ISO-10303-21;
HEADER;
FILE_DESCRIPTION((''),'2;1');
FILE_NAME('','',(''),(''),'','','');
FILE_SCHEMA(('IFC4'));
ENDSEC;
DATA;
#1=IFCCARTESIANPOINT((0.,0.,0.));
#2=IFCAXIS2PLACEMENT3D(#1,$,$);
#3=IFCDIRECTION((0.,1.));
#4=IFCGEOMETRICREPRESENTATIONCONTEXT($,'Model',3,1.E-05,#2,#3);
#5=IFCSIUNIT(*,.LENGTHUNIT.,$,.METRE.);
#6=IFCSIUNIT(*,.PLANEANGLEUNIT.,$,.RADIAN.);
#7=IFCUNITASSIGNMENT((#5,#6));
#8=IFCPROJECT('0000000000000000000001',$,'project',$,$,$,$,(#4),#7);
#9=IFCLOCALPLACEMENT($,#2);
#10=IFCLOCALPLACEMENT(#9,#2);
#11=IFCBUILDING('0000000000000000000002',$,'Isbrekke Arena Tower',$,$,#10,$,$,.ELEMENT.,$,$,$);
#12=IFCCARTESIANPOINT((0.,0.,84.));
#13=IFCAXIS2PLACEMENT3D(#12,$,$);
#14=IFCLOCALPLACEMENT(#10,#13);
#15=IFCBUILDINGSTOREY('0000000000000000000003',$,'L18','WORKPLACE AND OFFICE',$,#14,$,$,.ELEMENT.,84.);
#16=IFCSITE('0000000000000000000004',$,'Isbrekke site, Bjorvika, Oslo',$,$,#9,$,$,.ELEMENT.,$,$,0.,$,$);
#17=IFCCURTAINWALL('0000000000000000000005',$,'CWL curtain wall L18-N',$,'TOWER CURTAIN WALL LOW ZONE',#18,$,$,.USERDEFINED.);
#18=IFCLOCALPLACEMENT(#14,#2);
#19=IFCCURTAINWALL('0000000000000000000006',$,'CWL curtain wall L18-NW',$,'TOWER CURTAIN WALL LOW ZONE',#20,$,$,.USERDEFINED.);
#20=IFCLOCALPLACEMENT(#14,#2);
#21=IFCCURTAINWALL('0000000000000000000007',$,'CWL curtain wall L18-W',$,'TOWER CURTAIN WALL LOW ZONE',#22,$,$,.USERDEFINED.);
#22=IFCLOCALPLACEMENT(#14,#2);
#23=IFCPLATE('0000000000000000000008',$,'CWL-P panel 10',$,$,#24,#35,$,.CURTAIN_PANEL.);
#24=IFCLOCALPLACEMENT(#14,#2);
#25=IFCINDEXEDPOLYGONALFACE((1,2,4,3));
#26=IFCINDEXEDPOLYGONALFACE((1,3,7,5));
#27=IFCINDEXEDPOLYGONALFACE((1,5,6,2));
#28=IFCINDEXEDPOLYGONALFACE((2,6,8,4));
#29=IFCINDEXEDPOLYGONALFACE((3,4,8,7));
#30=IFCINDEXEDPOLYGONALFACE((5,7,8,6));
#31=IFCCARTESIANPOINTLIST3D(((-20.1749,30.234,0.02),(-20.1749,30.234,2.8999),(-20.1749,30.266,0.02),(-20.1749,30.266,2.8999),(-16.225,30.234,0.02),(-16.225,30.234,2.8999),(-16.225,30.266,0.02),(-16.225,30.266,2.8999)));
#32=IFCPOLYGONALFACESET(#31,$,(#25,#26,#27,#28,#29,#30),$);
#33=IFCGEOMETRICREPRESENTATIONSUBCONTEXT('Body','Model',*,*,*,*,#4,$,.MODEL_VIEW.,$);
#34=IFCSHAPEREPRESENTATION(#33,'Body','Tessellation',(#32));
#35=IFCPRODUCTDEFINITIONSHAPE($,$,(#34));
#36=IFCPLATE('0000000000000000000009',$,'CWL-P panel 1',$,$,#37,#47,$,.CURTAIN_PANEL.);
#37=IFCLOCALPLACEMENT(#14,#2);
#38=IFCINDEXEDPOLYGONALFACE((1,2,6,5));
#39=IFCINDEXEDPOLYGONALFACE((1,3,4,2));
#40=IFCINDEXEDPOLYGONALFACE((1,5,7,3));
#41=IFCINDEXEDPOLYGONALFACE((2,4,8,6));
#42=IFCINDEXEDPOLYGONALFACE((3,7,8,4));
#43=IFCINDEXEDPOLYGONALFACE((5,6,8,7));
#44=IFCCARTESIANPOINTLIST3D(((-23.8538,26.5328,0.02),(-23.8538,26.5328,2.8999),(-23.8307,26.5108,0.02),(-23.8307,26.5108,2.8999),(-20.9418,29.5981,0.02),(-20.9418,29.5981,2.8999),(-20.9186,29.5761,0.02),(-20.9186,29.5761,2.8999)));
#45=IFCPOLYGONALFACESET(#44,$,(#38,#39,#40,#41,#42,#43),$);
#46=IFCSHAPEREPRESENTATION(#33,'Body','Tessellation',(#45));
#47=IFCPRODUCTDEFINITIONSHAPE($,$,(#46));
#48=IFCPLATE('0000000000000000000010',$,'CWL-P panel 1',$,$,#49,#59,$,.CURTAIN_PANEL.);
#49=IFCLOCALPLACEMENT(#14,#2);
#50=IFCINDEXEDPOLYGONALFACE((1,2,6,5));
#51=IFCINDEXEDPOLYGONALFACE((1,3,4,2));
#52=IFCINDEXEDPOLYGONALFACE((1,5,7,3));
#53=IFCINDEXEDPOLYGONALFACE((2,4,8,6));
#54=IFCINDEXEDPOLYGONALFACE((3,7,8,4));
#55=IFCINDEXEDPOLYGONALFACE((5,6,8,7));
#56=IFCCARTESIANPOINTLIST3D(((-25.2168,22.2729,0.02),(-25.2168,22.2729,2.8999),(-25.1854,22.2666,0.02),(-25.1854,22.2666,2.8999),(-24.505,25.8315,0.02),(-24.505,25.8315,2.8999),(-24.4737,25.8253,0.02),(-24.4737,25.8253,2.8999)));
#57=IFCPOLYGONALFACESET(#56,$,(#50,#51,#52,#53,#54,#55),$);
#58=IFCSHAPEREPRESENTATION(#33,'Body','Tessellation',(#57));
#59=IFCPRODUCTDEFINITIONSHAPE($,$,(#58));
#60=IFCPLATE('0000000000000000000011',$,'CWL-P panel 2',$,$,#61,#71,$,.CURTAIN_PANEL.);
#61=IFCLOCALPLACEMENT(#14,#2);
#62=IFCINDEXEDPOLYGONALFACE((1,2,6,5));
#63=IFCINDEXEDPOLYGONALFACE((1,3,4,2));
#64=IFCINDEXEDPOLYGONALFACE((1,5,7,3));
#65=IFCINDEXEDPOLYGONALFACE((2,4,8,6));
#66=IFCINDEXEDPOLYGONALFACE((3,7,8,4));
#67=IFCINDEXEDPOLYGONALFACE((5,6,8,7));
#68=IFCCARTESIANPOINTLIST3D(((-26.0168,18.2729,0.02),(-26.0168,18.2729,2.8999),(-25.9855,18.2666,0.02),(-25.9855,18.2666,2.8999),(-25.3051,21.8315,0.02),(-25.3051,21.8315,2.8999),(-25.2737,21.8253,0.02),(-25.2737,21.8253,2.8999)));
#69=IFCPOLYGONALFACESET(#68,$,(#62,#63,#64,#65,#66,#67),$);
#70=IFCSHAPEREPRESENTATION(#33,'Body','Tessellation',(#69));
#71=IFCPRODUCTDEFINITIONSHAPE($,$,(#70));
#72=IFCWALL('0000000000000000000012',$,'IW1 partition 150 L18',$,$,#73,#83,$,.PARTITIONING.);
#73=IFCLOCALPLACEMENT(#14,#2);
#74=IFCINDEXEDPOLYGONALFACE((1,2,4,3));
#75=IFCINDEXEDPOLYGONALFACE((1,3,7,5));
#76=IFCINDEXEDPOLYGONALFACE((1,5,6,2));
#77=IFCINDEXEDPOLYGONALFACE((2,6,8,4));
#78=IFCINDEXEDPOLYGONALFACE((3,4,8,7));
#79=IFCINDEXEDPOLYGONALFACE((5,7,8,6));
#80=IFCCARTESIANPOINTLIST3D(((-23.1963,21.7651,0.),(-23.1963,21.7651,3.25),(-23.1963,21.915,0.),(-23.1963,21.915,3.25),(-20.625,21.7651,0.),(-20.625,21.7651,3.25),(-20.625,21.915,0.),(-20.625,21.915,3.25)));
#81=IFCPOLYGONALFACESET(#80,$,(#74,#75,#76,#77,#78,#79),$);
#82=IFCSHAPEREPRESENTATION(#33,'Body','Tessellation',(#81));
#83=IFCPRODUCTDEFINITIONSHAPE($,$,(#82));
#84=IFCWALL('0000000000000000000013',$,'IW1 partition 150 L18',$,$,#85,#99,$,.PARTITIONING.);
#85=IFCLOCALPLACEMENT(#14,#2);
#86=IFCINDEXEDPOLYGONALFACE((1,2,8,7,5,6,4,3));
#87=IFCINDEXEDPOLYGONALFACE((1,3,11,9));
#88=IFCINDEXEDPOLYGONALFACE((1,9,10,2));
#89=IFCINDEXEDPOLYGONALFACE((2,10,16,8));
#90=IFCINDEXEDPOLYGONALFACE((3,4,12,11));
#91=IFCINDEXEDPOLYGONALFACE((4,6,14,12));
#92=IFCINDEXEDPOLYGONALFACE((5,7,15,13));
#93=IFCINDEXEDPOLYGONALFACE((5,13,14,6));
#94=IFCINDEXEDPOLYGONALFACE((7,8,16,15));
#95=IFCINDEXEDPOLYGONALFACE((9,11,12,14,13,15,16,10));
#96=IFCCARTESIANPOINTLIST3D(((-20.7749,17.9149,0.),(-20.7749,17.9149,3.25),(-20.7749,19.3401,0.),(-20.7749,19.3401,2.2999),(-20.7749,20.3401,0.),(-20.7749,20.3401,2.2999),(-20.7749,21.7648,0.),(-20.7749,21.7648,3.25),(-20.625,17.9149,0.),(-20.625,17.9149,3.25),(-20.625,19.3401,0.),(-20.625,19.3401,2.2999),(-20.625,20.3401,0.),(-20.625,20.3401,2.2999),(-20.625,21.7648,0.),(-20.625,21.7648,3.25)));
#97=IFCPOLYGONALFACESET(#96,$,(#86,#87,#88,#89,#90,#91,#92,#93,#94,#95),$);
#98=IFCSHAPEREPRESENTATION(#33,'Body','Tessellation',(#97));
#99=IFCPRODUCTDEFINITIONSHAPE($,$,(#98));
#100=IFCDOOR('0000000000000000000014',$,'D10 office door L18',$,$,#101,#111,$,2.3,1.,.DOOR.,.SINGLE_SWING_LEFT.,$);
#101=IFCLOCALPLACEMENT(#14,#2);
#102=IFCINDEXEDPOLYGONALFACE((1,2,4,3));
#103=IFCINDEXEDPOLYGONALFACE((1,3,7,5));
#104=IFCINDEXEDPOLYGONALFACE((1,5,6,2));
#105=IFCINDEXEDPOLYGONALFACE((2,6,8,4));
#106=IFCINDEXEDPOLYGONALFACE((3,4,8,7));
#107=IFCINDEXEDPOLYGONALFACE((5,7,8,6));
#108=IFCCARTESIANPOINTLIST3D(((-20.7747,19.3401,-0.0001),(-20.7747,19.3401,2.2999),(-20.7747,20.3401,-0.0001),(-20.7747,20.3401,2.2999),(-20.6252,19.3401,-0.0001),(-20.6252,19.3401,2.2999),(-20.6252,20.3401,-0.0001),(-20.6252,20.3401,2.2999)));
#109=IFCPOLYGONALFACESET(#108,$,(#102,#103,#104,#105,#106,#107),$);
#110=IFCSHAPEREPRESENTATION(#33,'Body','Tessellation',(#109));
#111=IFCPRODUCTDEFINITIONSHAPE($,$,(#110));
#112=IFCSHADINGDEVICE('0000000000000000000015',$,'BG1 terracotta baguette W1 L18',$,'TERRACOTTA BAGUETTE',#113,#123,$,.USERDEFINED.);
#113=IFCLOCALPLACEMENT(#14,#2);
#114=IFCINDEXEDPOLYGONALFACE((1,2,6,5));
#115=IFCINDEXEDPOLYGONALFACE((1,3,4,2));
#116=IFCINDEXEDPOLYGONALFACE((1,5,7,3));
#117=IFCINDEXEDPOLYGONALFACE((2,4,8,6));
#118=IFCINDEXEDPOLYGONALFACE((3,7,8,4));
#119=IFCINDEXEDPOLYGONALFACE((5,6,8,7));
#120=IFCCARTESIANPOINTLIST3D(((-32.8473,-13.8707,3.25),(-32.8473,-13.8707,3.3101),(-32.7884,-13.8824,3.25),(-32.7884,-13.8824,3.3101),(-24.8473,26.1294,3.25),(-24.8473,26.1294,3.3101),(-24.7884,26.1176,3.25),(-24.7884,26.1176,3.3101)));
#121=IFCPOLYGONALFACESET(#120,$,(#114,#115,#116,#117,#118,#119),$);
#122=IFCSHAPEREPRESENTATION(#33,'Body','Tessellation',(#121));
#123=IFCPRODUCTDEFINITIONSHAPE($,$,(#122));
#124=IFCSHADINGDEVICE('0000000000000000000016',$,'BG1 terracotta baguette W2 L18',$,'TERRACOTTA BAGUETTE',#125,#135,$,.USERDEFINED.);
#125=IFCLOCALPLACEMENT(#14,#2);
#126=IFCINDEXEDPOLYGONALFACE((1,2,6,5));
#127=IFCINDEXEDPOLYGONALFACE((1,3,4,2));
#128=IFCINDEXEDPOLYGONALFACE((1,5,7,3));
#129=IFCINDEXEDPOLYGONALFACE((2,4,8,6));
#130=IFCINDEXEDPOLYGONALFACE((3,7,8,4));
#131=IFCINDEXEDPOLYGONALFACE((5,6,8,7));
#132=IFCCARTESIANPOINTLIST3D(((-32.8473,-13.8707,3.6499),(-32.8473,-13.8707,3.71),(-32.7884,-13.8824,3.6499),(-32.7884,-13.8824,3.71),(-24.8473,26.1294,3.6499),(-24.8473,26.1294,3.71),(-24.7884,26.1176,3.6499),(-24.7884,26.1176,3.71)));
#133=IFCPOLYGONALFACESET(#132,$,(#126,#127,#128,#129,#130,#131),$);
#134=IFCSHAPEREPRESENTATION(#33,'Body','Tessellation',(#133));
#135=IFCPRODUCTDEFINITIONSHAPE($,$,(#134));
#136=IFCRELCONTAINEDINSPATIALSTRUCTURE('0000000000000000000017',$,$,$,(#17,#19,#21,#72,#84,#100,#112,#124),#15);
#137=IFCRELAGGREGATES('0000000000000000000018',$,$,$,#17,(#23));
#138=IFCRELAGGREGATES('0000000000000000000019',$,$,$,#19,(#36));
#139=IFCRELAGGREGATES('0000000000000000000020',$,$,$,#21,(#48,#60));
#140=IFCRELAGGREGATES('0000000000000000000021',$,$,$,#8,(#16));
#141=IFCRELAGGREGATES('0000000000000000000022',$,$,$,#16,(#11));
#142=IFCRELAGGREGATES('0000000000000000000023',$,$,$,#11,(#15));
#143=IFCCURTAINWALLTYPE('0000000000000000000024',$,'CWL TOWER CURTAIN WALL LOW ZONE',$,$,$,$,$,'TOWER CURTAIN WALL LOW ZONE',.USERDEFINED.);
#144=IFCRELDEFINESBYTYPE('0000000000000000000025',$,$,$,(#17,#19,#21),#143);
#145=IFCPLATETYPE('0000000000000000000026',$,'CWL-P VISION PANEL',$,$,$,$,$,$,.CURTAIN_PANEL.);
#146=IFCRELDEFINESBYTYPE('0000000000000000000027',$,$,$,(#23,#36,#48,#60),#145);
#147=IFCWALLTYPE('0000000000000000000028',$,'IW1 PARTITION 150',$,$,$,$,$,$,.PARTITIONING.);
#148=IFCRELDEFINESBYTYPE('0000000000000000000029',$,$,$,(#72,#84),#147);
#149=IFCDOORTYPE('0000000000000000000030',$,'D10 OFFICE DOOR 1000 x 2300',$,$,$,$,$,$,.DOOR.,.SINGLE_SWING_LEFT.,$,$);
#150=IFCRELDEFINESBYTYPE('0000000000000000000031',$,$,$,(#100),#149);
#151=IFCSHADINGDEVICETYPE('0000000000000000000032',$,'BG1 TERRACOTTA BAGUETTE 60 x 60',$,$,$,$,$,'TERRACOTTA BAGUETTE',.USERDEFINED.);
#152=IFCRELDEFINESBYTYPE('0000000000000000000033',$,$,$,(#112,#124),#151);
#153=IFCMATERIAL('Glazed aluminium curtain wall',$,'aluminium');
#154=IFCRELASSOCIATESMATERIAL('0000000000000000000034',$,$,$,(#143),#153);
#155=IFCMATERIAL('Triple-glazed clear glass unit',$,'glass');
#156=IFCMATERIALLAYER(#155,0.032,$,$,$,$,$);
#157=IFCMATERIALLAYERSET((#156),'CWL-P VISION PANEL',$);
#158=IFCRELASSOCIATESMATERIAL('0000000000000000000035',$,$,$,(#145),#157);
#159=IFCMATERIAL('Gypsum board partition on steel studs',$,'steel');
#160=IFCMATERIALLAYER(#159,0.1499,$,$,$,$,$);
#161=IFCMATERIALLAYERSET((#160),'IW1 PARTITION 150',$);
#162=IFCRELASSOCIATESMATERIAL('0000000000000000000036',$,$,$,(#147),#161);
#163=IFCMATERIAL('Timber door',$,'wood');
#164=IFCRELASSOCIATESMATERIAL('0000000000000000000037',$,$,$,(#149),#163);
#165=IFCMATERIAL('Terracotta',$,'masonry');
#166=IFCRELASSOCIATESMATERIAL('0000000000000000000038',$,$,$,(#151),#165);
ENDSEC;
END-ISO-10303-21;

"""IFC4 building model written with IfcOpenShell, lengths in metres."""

from ifc_helpers import new_model, si_unit, direction, frame, frame_2d, origin, origin_2d, place, context, subcontext, project, spatial, rectangle, extrude, material, layer, layer_set, material_profile, profile_set, type_object, element, fill, aggregate, save


model = new_model("IFC4")

# Units and contexts
model_context = context("Model", 3, precision=1e-05, world=origin(), true_north=direction((0.0, 1.0)))
body_context = subcontext(model_context, "Body", "Model", "MODEL_VIEW")
ifc_project = project(units=[si_unit("LENGTHUNIT", "METRE"), si_unit("PLANEANGLEUNIT", "RADIAN")], contexts=[model_context])

# Site, building, storey
site_placement = place(None, origin())
site = spatial("IfcSite", under=ifc_project, at=site_placement, Name="Isbrekke site, Bjorvika, Oslo", CompositionType="ELEMENT", RefElevation=0.0)
building_placement = place(site_placement, origin())
building = spatial("IfcBuilding", under=site, at=building_placement, Name="Isbrekke Arena Tower", CompositionType="ELEMENT")
storey_placement = place(building_placement, frame((0.0, 0.0, 84.0)))
storey = spatial("IfcBuildingStorey", under=building, at=storey_placement, Name="L18", Description="WORKPLACE AND OFFICE", CompositionType="ELEMENT", Elevation=84.0)

# Curtain wall
ifc_material_1 = material(Name="Glazed aluminium curtain wall", Category="aluminium")
curtain_wall_type = type_object("IfcCurtainWallType", Name="CWL TOWER CURTAIN WALL LOW ZONE", ElementType="TOWER CURTAIN WALL LOW ZONE", PredefinedType="USERDEFINED", material=ifc_material_1)
curtain_wall_1_placement = place(storey_placement, origin())
curtain_wall_1 = element("IfcCurtainWall", 1, at=curtain_wall_1_placement, inside=storey, type_object=curtain_wall_type, Name="CWL curtain wall L18-N", ObjectType="TOWER CURTAIN WALL LOW ZONE", PredefinedType="USERDEFINED")

# Curtain walls
curtain_wall_2_placement = place(storey_placement, origin())
curtain_wall_2 = element("IfcCurtainWall", 2, at=curtain_wall_2_placement, inside=storey, type_object=curtain_wall_type, Name="CWL curtain wall L18-NW", ObjectType="TOWER CURTAIN WALL LOW ZONE", PredefinedType="USERDEFINED")
curtain_wall_3_placement = place(storey_placement, origin())
curtain_wall_3 = element("IfcCurtainWall", 3, at=curtain_wall_3_placement, inside=storey, type_object=curtain_wall_type, Name="CWL curtain wall L18-W", ObjectType="TOWER CURTAIN WALL LOW ZONE", PredefinedType="USERDEFINED")

# Plates
ifc_material_2 = material(Name="Triple-glazed clear glass unit", Category="glass")
ifc_layer_1 = layer(ifc_material_2, 0.032)
ifc_layer_set_1 = layer_set([ifc_layer_1], Name="CWL-P VISION PANEL")
plate_type = type_object("IfcPlateType", Name="CWL-P VISION PANEL", PredefinedType="CURTAIN_PANEL", material=ifc_layer_set_1)
plate_1_placement = place(storey_placement, frame((-18.2, 30.25, 0.02), z_axis=(0.0, 0.0, 1.0), x_axis=(-1.0, 0.0, 0.0)))
plate_1 = element("IfcPlate", 4, at=plate_1_placement, type_object=plate_type, Name="CWL-P panel 10", PredefinedType="CURTAIN_PANEL", context=body_context, shape_type="SweptSolid", body=[
    extrude(rectangle(XDim=3.95, YDim=0.032, at=origin_2d()), origin(), (0.0, 0.0, 1.0), 2.8799),
])
aggregate(curtain_wall_1, [plate_1])
plate_2_placement = place(storey_placement, frame((-22.3862, 28.0544, 0.02), z_axis=(0.0, 0.0, 1.0), x_axis=(-0.688749, -0.724999, 0.0)))
plate_2 = element("IfcPlate", 5, at=plate_2_placement, type_object=plate_type, Name="CWL-P panel 1", PredefinedType="CURTAIN_PANEL", context=body_context, shape_type="SweptSolid", body=[
    extrude(rectangle(XDim=4.228, YDim=0.032, at=origin_2d()), origin(), (0.0, 0.0, 1.0), 2.8799),
])
aggregate(curtain_wall_2, [plate_2])
plate_3_placement = place(storey_placement, frame((-24.8452, 24.0491, 0.02), z_axis=(0.0, 0.0, 1.0), x_axis=(-0.196116, -0.980581, 0.0)))
plate_3 = element("IfcPlate", 6, at=plate_3_placement, type_object=plate_type, Name="CWL-P panel 1", PredefinedType="CURTAIN_PANEL", context=body_context, shape_type="SweptSolid", body=[
    extrude(rectangle(XDim=3.6292, YDim=0.032, at=origin_2d()), origin(), (0.0, 0.0, 1.0), 2.8799),
])
plate_4_placement = place(storey_placement, frame((-25.6453, 20.0491, 0.02), z_axis=(0.0, 0.0, 1.0), x_axis=(-0.196116, -0.980581, 0.0)))
plate_4 = element("IfcPlate", 7, at=plate_4_placement, type_object=plate_type, Name="CWL-P panel 2", PredefinedType="CURTAIN_PANEL", context=body_context, shape_type="SweptSolid", body=[
    extrude(rectangle(XDim=3.6292, YDim=0.032, at=origin_2d()), origin(), (0.0, 0.0, 1.0), 2.8799),
])
aggregate(curtain_wall_3, [plate_3, plate_4])

# Wall
ifc_material_3 = material(Name="Gypsum board partition on steel studs", Category="steel")
ifc_layer_2 = layer(ifc_material_3, 0.1499)
ifc_layer_set_2 = layer_set([ifc_layer_2], Name="IW1 PARTITION 150")
wall_type = type_object("IfcWallType", Name="IW1 PARTITION 150", PredefinedType="PARTITIONING", material=ifc_layer_set_2)
wall_1_placement = place(storey_placement, frame((-23.1963, 21.8401, 0.0), z_axis=(0.0, 0.0, 1.0), x_axis=(1.0, 0.0, 0.0)))
element("IfcWall", 8, at=wall_1_placement, inside=storey, type_object=wall_type, Name="IW1 partition 150 L18", PredefinedType="PARTITIONING", context=body_context, shape_type="SweptSolid", body=[
    extrude(rectangle(XDim=2.5713, YDim=0.1499, at=frame_2d((1.2856, 0.0))), origin(), (0.0, 0.0, 1.0), 3.25),
])

# Wall, opening, door
wall_2_placement = place(storey_placement, frame((-20.7, 17.915, 0.0), z_axis=(0.0, 0.0, 1.0), x_axis=(0.0, 1.0, 0.0)))
wall_2 = element("IfcWall", 9, at=wall_2_placement, inside=storey, type_object=wall_type, Name="IW1 partition 150 L18", PredefinedType="PARTITIONING", context=body_context, shape_type="SweptSolid", body=[
    extrude(rectangle(XDim=3.8499, YDim=0.1499, at=frame_2d((1.9248, 0.0))), origin(), (0.0, 0.0, 1.0), 3.25),
])
opening_placement = place(wall_2_placement, frame((1.425, 0.0, 0.0)))
opening = element("IfcOpeningElement", 10, at=opening_placement, cuts=wall_2, PredefinedType="OPENING", context=body_context, shape_type="SweptSolid", body=[
    extrude(rectangle(XDim=1.0, YDim=2.3, at=frame_2d((0.5, 1.1499))), frame((0.0, 0.0898, 0.0), z_axis=(0.0, -1.0, 0.0), x_axis=(1.0, 0.0, 0.0)), (0.0, 0.0, 1.0), 0.1797),
])
ifc_material_4 = material(Name="Timber door", Category="wood")
door_type = type_object("IfcDoorType", Name="D10 OFFICE DOOR 1000 x 2300", OperationType="SINGLE_SWING_LEFT", PredefinedType="DOOR", material=ifc_material_4)
door_placement = place(opening_placement, origin())
door = element("IfcDoor", 11, at=door_placement, inside=storey, type_object=door_type, Name="D10 office door L18", OperationType="SINGLE_SWING_LEFT", OverallHeight=2.3, OverallWidth=1.0, PredefinedType="DOOR", context=body_context, shape_type="SweptSolid", body=[
    extrude(rectangle(XDim=1.0, YDim=2.3, at=frame_2d((0.5, 1.1499))), frame((0.0, 0.0747, 0.0), z_axis=(0.0, -1.0, 0.0), x_axis=(1.0, 0.0, 0.0)), (0.0, 0.0, 1.0), 0.1494),
])
fill(opening, door)

# Shading devices
ifc_material_5 = material(Name="Terracotta", Category="masonry")
ifc_material_profile_1 = material_profile(ifc_material_5, rectangle(XDim=0.0601, YDim=0.0601, at=origin_2d()), Name="BAGUETTE 60X60")
ifc_profile_set_1 = profile_set([ifc_material_profile_1], Name="Terracotta")
shading_device_type = type_object("IfcShadingDeviceType", Name="BG1 TERRACOTTA BAGUETTE 60 x 60", ElementType="TERRACOTTA BAGUETTE", PredefinedType="USERDEFINED", material=ifc_profile_set_1)
for number, where, z_axis, x_axis, name in (
    (12, (-24.8179, 26.1235, 3.28), (-0.196116, -0.980581, 0.0), (0.980581, -0.196116, 0.0), "BG1 terracotta baguette W1 L18"),
    (13, (-24.8179, 26.1235, 3.6799), (-0.196116, -0.980581, 0.0), (0.980581, -0.196116, 0.0), "BG1 terracotta baguette W2 L18"),
):
    element("IfcShadingDevice", number, at=place(storey_placement, frame(where, z_axis=z_axis, x_axis=x_axis)), inside=storey, type_object=shading_device_type, Name=name, ObjectType="TERRACOTTA BAGUETTE", PredefinedType="USERDEFINED", context=body_context, shape_type="SweptSolid", body=[
        extrude(rectangle(XDim=0.0601, YDim=0.0601, at=origin_2d()), origin(), (0.0, 0.0, 1.0), 40.7922),
    ])

save(model, "model.ifc")
